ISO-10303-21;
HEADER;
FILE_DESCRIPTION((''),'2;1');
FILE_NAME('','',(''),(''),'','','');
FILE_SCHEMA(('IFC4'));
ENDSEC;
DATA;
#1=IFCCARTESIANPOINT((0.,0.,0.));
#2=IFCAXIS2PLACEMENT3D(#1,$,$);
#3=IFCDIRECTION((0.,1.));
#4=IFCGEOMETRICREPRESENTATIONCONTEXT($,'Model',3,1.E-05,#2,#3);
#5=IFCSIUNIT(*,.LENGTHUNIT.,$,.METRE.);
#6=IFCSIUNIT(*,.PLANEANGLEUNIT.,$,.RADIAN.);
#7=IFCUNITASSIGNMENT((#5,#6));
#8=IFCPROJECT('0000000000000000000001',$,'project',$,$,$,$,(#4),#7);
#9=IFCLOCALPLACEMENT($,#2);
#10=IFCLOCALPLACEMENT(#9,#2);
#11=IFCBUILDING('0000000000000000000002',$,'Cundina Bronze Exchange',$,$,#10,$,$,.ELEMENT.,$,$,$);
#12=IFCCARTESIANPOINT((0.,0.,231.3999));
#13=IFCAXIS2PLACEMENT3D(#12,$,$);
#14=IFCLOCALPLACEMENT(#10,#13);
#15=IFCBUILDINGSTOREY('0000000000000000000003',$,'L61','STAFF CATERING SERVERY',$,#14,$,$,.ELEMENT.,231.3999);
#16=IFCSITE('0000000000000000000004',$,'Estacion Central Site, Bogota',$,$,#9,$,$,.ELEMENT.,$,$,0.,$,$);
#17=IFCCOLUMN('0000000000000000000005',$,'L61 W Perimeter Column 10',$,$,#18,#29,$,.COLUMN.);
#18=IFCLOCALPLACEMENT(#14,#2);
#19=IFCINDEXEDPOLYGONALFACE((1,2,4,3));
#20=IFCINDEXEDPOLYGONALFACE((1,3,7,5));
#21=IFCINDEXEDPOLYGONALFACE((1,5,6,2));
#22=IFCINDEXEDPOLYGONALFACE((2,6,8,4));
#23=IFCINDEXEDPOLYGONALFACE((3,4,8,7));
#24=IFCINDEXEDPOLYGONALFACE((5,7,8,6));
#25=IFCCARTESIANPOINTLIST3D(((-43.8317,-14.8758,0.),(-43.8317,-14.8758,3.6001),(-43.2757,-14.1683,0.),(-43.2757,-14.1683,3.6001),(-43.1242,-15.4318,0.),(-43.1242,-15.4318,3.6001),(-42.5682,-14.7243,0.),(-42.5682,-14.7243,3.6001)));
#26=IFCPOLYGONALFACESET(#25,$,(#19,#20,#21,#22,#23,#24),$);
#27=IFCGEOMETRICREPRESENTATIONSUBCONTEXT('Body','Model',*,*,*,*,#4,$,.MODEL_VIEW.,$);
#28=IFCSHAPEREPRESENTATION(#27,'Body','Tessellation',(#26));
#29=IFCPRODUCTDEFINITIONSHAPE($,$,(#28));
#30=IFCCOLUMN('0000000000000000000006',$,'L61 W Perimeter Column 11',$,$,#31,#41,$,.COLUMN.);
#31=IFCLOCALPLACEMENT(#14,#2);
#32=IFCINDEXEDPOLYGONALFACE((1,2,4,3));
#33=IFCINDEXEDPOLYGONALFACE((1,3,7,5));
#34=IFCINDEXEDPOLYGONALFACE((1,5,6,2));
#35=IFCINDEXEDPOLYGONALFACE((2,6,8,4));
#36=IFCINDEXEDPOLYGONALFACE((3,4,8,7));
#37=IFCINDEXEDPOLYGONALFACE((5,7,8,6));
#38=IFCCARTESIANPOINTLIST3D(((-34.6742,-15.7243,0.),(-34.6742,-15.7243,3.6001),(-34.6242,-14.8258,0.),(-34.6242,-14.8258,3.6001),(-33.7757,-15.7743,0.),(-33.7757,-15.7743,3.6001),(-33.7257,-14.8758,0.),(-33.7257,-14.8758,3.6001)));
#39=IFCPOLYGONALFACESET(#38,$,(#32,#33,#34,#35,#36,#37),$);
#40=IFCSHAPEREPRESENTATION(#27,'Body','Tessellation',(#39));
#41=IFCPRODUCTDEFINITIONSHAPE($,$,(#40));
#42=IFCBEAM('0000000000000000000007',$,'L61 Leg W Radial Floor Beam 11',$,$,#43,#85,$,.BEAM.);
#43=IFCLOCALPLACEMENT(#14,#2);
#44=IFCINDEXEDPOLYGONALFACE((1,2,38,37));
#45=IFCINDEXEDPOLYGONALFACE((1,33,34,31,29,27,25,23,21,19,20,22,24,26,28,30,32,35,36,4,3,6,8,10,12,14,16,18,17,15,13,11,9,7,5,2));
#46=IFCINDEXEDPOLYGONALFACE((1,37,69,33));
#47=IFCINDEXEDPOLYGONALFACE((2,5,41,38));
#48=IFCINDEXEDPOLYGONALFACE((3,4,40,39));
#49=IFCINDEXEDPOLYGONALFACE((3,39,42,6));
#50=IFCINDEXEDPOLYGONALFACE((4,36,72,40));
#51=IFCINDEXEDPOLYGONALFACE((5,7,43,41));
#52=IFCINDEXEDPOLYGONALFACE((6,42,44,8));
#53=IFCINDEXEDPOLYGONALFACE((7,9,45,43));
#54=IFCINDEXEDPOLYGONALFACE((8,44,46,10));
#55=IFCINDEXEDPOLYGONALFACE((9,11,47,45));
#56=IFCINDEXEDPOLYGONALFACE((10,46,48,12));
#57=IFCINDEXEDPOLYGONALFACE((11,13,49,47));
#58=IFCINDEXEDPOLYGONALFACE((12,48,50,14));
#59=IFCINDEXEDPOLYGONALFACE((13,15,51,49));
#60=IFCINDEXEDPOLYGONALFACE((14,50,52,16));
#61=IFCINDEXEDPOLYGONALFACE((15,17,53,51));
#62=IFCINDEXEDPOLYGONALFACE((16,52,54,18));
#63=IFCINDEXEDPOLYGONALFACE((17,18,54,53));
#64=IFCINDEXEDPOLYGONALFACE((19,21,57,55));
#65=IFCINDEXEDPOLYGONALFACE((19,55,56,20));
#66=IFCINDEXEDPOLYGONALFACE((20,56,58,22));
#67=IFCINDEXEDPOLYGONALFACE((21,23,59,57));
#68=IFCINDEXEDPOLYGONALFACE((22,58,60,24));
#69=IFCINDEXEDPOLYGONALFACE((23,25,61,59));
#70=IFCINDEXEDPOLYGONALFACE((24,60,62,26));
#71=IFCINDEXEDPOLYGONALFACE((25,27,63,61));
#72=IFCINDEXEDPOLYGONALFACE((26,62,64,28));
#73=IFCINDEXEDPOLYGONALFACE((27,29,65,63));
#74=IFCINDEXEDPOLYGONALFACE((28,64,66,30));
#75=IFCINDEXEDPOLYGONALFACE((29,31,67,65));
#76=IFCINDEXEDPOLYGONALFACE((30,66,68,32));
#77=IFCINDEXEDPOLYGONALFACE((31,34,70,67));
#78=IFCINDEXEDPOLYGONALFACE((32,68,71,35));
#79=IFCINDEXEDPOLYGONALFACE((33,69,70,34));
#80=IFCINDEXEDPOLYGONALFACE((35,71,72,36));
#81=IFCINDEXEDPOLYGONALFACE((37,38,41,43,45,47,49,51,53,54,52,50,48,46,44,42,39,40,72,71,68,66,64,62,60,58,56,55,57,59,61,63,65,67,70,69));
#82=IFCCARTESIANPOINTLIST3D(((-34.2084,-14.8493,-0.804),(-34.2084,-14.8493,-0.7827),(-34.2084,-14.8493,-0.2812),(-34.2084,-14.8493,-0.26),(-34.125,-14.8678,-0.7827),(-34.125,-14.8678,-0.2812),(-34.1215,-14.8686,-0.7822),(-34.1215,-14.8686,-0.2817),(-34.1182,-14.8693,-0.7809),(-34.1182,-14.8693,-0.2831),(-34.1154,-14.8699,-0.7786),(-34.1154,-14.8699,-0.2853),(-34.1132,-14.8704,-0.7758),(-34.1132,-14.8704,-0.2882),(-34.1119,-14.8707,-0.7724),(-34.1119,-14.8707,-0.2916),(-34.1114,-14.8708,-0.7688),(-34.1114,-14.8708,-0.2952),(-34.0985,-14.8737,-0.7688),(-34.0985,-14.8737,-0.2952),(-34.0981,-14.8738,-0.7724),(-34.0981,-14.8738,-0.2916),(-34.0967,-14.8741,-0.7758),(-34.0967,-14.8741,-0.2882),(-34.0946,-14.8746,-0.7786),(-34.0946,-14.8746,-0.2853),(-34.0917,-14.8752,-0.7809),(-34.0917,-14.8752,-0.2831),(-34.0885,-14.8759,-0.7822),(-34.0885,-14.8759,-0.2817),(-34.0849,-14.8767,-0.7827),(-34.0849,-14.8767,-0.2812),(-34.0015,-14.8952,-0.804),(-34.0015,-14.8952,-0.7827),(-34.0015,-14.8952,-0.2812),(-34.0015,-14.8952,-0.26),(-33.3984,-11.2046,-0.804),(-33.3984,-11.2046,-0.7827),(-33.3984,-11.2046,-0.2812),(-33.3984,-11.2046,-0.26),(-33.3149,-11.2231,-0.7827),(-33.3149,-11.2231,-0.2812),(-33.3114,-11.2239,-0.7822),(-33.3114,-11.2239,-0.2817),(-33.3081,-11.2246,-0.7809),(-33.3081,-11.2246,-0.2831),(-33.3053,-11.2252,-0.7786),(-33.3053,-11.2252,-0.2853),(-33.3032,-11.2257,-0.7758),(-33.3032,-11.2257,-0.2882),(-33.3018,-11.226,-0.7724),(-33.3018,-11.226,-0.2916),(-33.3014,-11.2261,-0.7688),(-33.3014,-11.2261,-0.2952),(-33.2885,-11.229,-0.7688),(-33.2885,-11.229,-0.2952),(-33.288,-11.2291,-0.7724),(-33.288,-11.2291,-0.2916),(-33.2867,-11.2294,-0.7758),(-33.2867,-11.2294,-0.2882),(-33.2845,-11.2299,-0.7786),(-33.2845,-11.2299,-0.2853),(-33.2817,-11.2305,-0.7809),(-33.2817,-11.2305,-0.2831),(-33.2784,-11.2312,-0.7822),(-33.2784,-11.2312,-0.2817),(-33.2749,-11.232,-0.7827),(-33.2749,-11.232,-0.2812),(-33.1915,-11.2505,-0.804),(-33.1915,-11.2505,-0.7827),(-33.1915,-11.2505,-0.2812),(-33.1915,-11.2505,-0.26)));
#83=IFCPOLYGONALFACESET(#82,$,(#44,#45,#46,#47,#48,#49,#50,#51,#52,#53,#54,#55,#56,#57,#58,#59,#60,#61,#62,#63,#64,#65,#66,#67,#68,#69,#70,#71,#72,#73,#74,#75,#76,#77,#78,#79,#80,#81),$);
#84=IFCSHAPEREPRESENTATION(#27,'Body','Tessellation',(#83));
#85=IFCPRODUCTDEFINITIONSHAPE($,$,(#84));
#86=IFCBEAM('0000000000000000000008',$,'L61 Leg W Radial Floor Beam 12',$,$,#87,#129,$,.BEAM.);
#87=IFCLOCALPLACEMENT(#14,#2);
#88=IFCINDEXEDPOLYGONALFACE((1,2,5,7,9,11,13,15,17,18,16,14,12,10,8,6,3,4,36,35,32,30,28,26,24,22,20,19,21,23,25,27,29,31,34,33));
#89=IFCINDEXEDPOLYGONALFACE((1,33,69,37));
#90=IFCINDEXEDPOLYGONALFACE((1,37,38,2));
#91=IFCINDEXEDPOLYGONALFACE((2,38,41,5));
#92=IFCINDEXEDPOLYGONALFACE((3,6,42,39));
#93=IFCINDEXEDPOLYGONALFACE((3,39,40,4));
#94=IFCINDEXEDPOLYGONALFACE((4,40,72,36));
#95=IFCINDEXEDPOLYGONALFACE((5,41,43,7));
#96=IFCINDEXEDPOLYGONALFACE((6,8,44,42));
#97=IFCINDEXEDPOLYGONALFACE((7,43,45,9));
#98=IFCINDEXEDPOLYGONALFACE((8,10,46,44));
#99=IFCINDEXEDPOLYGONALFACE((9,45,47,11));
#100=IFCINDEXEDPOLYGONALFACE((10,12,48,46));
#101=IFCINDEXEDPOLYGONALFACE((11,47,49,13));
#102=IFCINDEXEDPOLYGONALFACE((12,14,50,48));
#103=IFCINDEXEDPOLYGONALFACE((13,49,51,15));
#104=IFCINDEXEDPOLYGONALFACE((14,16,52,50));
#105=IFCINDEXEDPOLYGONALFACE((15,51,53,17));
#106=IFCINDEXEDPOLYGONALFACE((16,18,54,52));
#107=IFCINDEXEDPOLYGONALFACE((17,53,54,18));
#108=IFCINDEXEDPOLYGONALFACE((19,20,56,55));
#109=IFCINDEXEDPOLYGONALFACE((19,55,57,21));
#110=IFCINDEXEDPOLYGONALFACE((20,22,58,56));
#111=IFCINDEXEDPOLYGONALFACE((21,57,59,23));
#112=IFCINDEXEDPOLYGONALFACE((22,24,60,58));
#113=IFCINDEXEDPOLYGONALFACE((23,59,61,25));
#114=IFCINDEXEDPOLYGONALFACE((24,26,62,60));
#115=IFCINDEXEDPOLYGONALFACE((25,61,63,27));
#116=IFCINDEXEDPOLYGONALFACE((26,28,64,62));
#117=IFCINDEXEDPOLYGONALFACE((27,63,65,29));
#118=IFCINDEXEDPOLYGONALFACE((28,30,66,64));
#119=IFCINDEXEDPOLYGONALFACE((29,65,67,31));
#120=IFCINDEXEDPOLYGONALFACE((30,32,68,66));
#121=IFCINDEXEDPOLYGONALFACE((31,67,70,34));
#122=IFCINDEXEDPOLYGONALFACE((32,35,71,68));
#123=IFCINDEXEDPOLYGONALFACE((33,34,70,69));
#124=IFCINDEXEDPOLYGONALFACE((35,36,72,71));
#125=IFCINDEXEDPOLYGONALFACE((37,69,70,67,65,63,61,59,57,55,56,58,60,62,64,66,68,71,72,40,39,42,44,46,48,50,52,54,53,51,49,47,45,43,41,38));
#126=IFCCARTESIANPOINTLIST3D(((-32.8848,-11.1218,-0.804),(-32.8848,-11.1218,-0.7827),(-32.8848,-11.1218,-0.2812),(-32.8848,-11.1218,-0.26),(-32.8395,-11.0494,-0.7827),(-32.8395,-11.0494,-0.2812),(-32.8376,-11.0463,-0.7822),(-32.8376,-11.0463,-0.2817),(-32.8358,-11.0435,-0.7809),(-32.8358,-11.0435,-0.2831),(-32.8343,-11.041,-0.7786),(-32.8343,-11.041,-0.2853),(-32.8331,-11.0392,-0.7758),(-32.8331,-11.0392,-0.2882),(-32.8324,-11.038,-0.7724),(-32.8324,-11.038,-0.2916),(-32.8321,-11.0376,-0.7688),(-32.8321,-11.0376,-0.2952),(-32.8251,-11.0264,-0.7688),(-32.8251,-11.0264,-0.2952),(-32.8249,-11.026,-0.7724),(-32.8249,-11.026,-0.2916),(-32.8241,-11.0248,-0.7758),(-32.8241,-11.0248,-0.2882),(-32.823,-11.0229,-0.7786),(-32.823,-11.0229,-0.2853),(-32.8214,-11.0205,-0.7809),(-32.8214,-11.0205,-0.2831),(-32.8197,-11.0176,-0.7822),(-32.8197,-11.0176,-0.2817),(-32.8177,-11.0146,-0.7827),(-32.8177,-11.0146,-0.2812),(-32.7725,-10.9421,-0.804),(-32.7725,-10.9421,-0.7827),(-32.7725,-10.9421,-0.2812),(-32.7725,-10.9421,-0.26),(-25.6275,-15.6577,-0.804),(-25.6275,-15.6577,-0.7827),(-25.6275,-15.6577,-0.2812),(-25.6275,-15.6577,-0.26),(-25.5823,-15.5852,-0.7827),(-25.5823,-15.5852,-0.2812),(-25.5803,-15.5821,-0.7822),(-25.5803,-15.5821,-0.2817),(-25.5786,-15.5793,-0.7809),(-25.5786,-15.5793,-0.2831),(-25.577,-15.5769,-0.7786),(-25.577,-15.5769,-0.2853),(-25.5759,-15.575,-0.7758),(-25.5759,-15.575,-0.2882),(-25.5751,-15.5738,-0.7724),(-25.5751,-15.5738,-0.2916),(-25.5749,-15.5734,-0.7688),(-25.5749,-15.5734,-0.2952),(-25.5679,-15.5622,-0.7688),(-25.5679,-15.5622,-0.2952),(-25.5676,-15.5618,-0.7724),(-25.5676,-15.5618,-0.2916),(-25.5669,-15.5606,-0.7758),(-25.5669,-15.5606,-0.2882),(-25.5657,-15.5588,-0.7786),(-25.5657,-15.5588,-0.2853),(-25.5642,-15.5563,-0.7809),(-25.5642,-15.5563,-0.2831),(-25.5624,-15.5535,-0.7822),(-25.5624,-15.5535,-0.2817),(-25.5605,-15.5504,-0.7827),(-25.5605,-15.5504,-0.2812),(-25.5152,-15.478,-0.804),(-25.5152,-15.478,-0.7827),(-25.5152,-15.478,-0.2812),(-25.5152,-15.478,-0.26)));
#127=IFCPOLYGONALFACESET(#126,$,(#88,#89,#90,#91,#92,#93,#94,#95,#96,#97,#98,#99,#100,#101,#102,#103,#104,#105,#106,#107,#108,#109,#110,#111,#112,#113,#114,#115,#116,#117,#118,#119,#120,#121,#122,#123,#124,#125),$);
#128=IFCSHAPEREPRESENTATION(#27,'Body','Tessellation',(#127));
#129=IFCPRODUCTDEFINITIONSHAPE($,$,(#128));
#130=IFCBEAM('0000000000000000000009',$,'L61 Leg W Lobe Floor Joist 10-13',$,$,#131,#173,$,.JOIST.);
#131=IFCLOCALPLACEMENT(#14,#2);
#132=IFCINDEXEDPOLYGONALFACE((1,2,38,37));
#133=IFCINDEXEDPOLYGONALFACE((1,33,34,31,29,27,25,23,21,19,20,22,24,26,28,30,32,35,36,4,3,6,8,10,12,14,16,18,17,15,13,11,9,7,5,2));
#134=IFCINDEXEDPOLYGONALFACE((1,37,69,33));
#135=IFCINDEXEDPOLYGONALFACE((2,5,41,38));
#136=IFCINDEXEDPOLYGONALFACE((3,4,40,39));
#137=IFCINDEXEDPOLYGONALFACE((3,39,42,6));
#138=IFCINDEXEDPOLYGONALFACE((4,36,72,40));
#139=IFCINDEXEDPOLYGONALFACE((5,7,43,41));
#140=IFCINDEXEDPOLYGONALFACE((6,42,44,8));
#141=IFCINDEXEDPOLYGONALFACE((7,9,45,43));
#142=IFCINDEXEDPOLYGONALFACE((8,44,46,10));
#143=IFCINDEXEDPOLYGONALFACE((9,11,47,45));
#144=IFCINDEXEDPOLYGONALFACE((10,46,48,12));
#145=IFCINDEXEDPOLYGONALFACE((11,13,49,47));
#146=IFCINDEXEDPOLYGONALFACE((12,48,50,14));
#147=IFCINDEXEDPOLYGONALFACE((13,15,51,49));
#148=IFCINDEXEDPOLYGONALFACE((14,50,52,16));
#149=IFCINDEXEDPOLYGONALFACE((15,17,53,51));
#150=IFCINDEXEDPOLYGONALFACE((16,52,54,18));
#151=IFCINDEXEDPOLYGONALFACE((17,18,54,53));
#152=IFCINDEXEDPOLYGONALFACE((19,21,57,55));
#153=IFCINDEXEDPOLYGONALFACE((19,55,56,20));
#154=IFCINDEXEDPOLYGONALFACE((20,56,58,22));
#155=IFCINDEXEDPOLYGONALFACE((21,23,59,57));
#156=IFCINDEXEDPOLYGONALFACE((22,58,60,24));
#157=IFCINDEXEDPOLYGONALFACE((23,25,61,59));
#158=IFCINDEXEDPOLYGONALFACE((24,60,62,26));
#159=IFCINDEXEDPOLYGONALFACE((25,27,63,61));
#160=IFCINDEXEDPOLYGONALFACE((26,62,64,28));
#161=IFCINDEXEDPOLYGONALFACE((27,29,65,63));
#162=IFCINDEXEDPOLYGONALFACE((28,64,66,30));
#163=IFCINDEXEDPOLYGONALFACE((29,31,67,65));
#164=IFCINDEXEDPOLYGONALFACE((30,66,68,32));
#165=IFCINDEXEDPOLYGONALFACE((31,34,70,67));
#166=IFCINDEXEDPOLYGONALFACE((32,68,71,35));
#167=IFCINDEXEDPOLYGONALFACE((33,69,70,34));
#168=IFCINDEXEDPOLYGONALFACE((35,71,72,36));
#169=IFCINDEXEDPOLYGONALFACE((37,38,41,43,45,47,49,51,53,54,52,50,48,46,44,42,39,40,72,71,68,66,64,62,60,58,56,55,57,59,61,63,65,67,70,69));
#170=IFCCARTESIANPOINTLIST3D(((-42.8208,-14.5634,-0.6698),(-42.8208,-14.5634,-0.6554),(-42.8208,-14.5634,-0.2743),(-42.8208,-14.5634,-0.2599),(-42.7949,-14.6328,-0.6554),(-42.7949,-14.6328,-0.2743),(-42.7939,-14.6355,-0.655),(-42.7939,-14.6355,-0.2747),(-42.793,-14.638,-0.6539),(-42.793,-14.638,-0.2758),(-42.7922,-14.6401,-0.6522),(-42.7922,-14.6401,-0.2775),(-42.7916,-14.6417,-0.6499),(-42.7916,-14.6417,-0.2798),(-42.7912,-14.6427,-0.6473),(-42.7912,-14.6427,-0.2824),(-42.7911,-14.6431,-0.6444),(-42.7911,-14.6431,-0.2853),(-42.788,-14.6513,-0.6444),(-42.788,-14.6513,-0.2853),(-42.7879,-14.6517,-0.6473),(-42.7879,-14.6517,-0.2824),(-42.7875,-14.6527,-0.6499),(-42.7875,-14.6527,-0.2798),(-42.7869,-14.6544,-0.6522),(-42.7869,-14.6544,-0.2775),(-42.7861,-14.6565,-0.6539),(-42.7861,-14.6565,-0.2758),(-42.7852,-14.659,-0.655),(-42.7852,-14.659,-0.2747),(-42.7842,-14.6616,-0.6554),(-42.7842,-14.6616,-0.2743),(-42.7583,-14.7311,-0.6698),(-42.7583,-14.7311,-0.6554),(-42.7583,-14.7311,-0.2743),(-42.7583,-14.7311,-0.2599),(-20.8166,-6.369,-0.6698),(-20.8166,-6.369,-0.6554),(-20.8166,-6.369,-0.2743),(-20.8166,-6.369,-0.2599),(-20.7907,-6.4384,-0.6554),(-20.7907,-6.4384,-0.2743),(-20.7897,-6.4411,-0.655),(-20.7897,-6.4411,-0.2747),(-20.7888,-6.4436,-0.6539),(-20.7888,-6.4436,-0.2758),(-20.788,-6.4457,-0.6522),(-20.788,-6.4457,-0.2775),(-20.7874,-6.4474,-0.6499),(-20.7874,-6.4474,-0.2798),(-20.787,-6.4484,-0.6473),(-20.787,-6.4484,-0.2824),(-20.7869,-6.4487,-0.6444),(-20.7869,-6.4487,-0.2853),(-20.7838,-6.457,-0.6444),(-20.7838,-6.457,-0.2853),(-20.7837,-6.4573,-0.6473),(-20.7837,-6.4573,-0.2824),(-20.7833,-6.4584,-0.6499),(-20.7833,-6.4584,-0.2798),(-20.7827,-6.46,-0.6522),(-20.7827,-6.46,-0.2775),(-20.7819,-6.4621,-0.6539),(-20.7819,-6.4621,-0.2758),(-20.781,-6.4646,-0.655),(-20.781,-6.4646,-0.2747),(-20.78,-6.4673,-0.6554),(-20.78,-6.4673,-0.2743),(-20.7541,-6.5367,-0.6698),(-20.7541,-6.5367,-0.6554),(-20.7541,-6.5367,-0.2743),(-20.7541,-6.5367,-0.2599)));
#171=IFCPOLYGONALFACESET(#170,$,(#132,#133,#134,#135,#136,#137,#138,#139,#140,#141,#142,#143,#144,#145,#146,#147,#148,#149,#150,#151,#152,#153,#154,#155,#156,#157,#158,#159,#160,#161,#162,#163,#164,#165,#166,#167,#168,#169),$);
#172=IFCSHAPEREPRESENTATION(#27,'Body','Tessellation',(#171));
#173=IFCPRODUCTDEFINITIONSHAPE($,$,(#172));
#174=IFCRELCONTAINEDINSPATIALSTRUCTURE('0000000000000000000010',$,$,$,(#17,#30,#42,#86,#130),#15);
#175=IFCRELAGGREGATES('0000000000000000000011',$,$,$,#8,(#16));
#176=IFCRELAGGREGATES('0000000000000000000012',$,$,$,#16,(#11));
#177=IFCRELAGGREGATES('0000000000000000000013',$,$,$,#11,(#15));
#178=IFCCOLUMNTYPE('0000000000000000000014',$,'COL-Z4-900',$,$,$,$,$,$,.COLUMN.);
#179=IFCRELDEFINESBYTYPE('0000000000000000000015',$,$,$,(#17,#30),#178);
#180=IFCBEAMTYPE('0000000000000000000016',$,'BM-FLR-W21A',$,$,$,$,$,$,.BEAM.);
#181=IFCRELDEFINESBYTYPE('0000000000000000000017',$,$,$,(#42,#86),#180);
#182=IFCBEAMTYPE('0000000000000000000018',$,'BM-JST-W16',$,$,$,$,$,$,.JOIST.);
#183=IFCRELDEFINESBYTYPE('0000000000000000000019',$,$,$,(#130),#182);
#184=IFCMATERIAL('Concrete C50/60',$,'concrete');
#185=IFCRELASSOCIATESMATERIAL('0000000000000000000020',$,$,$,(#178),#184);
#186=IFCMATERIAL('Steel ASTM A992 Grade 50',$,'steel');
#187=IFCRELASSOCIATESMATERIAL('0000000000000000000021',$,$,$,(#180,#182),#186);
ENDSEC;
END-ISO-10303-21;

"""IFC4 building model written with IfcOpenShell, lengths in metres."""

from ifc_helpers import new_model, si_unit, direction, frame, origin, origin_2d, place, context, subcontext, project, spatial, rectangle, i_section, extrude, material, material_profile, profile_set, type_object, element, save


model = new_model("IFC4")

# Units and contexts
model_context = context("Model", 3, precision=1e-05, world=origin(), true_north=direction((0.0, 1.0)))
body_context = subcontext(model_context, "Body", "Model", "MODEL_VIEW")
ifc_project = project(units=[si_unit("LENGTHUNIT", "METRE"), si_unit("PLANEANGLEUNIT", "RADIAN")], contexts=[model_context])

# Site, building, storey
site_placement = place(None, origin())
site = spatial("IfcSite", under=ifc_project, at=site_placement, Name="Estacion Central Site, Bogota", CompositionType="ELEMENT", RefElevation=0.0)
building_placement = place(site_placement, origin())
building = spatial("IfcBuilding", under=site, at=building_placement, Name="Cundina Bronze Exchange", CompositionType="ELEMENT")
storey_placement = place(building_placement, frame((0.0, 0.0, 231.3999)))
storey = spatial("IfcBuildingStorey", under=building, at=storey_placement, Name="L61", Description="STAFF CATERING SERVERY", CompositionType="ELEMENT", Elevation=231.3999)

# Columns
ifc_material_1 = material(Name="Concrete C50/60", Category="concrete")
ifc_material_profile_1 = material_profile(ifc_material_1, rectangle(XDim=0.8999, YDim=0.8999, at=origin_2d()), Name="RC900X900", Category="concrete")
ifc_profile_set_1 = profile_set([ifc_material_profile_1], Name="Concrete C50/60")
column_type = type_object("IfcColumnType", Name="COL-Z4-900", PredefinedType="COLUMN", material=ifc_profile_set_1)
for number, where, z_axis, x_axis, name in (
    (1, (-43.2, -14.8, 0.0), (0.0, 0.0, 1.0), (0.786288, -0.61786, 0.0), "L61 W Perimeter Column 10"),
    (2, (-34.2, -15.3, 0.0), (0.0, 0.0, 1.0), (0.99846, -0.055473, 0.0), "L61 W Perimeter Column 11"),
):
    element("IfcColumn", number, at=place(storey_placement, frame(where, z_axis=z_axis, x_axis=x_axis)), inside=storey, type_object=column_type, Name=name, PredefinedType="COLUMN", context=body_context, shape_type="SweptSolid", body=[
        extrude(rectangle(XDim=0.8999, YDim=0.8999, at=origin_2d()), origin(), (0.0, 0.0, 1.0), 3.6001),
    ])

# Beams
ifc_material_2 = material(Name="Steel ASTM A992 Grade 50", Category="steel")
ifc_material_profile_2 = material_profile(ifc_material_2, i_section(OverallWidth=0.2119, OverallDepth=0.5439, WebThickness=0.0132, FlangeThickness=0.0212, FilletRadius=0.0139, at=origin_2d()), Name="W21X83", Category="steel")
ifc_profile_set_2 = profile_set([ifc_material_profile_2], Name="Steel ASTM A992 Grade 50")
beam_type_1 = type_object("IfcBeamType", Name="BM-FLR-W21A", PredefinedType="BEAM", material=ifc_profile_set_2)
beam_1_placement = place(storey_placement, frame((-33.2949, -11.2275, -0.532), z_axis=(-0.216958, -0.976181, 0.0), x_axis=(0.976181, -0.216958, 0.0)))
element("IfcBeam", 3, at=beam_1_placement, inside=storey, type_object=beam_type_1, Name="L61 Leg W Radial Floor Beam 11", PredefinedType="BEAM", context=body_context, shape_type="SweptSolid", body=[
    extrude(i_section(OverallWidth=0.2119, OverallDepth=0.5439, WebThickness=0.0132, FlangeThickness=0.0212, FilletRadius=0.0139, at=origin_2d()), origin(), (0.0, 0.0, 1.0), 3.7336),
])
beam_2_placement = place(storey_placement, frame((-32.8286, -11.032, -0.532), z_axis=(0.847995, -0.530004, 0.0), x_axis=(0.530004, 0.847995, 0.0)))
element("IfcBeam", 4, at=beam_2_placement, inside=storey, type_object=beam_type_1, Name="L61 Leg W Radial Floor Beam 12", PredefinedType="BEAM", context=body_context, shape_type="SweptSolid", body=[
    extrude(i_section(OverallWidth=0.2119, OverallDepth=0.5439, WebThickness=0.0132, FlangeThickness=0.0212, FilletRadius=0.0139, at=origin_2d()), origin(), (0.0, 0.0, 1.0), 8.5581),
])
ifc_material_profile_3 = material_profile(ifc_material_2, i_section(OverallWidth=0.179, OverallDepth=0.4099, WebThickness=0.0088, FlangeThickness=0.0144, FilletRadius=0.011, at=origin_2d()), Name="W16X45", Category="steel")
ifc_profile_set_3 = profile_set([ifc_material_profile_3], Name="Steel ASTM A992 Grade 50")
beam_type_2 = type_object("IfcBeamType", Name="BM-JST-W16", PredefinedType="JOIST", material=ifc_profile_set_3)
beam_3_placement = place(storey_placement, frame((-42.7896, -14.6472, -0.4648), z_axis=(0.937128, 0.348986, 0.0), x_axis=(-0.348986, 0.937128, 0.0)))
element("IfcBeam", 5, at=beam_3_placement, inside=storey, type_object=beam_type_2, Name="L61 Leg W Lobe Floor Joist 10-13", PredefinedType="JOIST", context=body_context, shape_type="SweptSolid", body=[
    extrude(i_section(OverallWidth=0.179, OverallDepth=0.4099, WebThickness=0.0088, FlangeThickness=0.0144, FilletRadius=0.011, at=origin_2d()), origin(), (0.0, 0.0, 1.0), 23.4805),
])

save(model, "model.ifc")
